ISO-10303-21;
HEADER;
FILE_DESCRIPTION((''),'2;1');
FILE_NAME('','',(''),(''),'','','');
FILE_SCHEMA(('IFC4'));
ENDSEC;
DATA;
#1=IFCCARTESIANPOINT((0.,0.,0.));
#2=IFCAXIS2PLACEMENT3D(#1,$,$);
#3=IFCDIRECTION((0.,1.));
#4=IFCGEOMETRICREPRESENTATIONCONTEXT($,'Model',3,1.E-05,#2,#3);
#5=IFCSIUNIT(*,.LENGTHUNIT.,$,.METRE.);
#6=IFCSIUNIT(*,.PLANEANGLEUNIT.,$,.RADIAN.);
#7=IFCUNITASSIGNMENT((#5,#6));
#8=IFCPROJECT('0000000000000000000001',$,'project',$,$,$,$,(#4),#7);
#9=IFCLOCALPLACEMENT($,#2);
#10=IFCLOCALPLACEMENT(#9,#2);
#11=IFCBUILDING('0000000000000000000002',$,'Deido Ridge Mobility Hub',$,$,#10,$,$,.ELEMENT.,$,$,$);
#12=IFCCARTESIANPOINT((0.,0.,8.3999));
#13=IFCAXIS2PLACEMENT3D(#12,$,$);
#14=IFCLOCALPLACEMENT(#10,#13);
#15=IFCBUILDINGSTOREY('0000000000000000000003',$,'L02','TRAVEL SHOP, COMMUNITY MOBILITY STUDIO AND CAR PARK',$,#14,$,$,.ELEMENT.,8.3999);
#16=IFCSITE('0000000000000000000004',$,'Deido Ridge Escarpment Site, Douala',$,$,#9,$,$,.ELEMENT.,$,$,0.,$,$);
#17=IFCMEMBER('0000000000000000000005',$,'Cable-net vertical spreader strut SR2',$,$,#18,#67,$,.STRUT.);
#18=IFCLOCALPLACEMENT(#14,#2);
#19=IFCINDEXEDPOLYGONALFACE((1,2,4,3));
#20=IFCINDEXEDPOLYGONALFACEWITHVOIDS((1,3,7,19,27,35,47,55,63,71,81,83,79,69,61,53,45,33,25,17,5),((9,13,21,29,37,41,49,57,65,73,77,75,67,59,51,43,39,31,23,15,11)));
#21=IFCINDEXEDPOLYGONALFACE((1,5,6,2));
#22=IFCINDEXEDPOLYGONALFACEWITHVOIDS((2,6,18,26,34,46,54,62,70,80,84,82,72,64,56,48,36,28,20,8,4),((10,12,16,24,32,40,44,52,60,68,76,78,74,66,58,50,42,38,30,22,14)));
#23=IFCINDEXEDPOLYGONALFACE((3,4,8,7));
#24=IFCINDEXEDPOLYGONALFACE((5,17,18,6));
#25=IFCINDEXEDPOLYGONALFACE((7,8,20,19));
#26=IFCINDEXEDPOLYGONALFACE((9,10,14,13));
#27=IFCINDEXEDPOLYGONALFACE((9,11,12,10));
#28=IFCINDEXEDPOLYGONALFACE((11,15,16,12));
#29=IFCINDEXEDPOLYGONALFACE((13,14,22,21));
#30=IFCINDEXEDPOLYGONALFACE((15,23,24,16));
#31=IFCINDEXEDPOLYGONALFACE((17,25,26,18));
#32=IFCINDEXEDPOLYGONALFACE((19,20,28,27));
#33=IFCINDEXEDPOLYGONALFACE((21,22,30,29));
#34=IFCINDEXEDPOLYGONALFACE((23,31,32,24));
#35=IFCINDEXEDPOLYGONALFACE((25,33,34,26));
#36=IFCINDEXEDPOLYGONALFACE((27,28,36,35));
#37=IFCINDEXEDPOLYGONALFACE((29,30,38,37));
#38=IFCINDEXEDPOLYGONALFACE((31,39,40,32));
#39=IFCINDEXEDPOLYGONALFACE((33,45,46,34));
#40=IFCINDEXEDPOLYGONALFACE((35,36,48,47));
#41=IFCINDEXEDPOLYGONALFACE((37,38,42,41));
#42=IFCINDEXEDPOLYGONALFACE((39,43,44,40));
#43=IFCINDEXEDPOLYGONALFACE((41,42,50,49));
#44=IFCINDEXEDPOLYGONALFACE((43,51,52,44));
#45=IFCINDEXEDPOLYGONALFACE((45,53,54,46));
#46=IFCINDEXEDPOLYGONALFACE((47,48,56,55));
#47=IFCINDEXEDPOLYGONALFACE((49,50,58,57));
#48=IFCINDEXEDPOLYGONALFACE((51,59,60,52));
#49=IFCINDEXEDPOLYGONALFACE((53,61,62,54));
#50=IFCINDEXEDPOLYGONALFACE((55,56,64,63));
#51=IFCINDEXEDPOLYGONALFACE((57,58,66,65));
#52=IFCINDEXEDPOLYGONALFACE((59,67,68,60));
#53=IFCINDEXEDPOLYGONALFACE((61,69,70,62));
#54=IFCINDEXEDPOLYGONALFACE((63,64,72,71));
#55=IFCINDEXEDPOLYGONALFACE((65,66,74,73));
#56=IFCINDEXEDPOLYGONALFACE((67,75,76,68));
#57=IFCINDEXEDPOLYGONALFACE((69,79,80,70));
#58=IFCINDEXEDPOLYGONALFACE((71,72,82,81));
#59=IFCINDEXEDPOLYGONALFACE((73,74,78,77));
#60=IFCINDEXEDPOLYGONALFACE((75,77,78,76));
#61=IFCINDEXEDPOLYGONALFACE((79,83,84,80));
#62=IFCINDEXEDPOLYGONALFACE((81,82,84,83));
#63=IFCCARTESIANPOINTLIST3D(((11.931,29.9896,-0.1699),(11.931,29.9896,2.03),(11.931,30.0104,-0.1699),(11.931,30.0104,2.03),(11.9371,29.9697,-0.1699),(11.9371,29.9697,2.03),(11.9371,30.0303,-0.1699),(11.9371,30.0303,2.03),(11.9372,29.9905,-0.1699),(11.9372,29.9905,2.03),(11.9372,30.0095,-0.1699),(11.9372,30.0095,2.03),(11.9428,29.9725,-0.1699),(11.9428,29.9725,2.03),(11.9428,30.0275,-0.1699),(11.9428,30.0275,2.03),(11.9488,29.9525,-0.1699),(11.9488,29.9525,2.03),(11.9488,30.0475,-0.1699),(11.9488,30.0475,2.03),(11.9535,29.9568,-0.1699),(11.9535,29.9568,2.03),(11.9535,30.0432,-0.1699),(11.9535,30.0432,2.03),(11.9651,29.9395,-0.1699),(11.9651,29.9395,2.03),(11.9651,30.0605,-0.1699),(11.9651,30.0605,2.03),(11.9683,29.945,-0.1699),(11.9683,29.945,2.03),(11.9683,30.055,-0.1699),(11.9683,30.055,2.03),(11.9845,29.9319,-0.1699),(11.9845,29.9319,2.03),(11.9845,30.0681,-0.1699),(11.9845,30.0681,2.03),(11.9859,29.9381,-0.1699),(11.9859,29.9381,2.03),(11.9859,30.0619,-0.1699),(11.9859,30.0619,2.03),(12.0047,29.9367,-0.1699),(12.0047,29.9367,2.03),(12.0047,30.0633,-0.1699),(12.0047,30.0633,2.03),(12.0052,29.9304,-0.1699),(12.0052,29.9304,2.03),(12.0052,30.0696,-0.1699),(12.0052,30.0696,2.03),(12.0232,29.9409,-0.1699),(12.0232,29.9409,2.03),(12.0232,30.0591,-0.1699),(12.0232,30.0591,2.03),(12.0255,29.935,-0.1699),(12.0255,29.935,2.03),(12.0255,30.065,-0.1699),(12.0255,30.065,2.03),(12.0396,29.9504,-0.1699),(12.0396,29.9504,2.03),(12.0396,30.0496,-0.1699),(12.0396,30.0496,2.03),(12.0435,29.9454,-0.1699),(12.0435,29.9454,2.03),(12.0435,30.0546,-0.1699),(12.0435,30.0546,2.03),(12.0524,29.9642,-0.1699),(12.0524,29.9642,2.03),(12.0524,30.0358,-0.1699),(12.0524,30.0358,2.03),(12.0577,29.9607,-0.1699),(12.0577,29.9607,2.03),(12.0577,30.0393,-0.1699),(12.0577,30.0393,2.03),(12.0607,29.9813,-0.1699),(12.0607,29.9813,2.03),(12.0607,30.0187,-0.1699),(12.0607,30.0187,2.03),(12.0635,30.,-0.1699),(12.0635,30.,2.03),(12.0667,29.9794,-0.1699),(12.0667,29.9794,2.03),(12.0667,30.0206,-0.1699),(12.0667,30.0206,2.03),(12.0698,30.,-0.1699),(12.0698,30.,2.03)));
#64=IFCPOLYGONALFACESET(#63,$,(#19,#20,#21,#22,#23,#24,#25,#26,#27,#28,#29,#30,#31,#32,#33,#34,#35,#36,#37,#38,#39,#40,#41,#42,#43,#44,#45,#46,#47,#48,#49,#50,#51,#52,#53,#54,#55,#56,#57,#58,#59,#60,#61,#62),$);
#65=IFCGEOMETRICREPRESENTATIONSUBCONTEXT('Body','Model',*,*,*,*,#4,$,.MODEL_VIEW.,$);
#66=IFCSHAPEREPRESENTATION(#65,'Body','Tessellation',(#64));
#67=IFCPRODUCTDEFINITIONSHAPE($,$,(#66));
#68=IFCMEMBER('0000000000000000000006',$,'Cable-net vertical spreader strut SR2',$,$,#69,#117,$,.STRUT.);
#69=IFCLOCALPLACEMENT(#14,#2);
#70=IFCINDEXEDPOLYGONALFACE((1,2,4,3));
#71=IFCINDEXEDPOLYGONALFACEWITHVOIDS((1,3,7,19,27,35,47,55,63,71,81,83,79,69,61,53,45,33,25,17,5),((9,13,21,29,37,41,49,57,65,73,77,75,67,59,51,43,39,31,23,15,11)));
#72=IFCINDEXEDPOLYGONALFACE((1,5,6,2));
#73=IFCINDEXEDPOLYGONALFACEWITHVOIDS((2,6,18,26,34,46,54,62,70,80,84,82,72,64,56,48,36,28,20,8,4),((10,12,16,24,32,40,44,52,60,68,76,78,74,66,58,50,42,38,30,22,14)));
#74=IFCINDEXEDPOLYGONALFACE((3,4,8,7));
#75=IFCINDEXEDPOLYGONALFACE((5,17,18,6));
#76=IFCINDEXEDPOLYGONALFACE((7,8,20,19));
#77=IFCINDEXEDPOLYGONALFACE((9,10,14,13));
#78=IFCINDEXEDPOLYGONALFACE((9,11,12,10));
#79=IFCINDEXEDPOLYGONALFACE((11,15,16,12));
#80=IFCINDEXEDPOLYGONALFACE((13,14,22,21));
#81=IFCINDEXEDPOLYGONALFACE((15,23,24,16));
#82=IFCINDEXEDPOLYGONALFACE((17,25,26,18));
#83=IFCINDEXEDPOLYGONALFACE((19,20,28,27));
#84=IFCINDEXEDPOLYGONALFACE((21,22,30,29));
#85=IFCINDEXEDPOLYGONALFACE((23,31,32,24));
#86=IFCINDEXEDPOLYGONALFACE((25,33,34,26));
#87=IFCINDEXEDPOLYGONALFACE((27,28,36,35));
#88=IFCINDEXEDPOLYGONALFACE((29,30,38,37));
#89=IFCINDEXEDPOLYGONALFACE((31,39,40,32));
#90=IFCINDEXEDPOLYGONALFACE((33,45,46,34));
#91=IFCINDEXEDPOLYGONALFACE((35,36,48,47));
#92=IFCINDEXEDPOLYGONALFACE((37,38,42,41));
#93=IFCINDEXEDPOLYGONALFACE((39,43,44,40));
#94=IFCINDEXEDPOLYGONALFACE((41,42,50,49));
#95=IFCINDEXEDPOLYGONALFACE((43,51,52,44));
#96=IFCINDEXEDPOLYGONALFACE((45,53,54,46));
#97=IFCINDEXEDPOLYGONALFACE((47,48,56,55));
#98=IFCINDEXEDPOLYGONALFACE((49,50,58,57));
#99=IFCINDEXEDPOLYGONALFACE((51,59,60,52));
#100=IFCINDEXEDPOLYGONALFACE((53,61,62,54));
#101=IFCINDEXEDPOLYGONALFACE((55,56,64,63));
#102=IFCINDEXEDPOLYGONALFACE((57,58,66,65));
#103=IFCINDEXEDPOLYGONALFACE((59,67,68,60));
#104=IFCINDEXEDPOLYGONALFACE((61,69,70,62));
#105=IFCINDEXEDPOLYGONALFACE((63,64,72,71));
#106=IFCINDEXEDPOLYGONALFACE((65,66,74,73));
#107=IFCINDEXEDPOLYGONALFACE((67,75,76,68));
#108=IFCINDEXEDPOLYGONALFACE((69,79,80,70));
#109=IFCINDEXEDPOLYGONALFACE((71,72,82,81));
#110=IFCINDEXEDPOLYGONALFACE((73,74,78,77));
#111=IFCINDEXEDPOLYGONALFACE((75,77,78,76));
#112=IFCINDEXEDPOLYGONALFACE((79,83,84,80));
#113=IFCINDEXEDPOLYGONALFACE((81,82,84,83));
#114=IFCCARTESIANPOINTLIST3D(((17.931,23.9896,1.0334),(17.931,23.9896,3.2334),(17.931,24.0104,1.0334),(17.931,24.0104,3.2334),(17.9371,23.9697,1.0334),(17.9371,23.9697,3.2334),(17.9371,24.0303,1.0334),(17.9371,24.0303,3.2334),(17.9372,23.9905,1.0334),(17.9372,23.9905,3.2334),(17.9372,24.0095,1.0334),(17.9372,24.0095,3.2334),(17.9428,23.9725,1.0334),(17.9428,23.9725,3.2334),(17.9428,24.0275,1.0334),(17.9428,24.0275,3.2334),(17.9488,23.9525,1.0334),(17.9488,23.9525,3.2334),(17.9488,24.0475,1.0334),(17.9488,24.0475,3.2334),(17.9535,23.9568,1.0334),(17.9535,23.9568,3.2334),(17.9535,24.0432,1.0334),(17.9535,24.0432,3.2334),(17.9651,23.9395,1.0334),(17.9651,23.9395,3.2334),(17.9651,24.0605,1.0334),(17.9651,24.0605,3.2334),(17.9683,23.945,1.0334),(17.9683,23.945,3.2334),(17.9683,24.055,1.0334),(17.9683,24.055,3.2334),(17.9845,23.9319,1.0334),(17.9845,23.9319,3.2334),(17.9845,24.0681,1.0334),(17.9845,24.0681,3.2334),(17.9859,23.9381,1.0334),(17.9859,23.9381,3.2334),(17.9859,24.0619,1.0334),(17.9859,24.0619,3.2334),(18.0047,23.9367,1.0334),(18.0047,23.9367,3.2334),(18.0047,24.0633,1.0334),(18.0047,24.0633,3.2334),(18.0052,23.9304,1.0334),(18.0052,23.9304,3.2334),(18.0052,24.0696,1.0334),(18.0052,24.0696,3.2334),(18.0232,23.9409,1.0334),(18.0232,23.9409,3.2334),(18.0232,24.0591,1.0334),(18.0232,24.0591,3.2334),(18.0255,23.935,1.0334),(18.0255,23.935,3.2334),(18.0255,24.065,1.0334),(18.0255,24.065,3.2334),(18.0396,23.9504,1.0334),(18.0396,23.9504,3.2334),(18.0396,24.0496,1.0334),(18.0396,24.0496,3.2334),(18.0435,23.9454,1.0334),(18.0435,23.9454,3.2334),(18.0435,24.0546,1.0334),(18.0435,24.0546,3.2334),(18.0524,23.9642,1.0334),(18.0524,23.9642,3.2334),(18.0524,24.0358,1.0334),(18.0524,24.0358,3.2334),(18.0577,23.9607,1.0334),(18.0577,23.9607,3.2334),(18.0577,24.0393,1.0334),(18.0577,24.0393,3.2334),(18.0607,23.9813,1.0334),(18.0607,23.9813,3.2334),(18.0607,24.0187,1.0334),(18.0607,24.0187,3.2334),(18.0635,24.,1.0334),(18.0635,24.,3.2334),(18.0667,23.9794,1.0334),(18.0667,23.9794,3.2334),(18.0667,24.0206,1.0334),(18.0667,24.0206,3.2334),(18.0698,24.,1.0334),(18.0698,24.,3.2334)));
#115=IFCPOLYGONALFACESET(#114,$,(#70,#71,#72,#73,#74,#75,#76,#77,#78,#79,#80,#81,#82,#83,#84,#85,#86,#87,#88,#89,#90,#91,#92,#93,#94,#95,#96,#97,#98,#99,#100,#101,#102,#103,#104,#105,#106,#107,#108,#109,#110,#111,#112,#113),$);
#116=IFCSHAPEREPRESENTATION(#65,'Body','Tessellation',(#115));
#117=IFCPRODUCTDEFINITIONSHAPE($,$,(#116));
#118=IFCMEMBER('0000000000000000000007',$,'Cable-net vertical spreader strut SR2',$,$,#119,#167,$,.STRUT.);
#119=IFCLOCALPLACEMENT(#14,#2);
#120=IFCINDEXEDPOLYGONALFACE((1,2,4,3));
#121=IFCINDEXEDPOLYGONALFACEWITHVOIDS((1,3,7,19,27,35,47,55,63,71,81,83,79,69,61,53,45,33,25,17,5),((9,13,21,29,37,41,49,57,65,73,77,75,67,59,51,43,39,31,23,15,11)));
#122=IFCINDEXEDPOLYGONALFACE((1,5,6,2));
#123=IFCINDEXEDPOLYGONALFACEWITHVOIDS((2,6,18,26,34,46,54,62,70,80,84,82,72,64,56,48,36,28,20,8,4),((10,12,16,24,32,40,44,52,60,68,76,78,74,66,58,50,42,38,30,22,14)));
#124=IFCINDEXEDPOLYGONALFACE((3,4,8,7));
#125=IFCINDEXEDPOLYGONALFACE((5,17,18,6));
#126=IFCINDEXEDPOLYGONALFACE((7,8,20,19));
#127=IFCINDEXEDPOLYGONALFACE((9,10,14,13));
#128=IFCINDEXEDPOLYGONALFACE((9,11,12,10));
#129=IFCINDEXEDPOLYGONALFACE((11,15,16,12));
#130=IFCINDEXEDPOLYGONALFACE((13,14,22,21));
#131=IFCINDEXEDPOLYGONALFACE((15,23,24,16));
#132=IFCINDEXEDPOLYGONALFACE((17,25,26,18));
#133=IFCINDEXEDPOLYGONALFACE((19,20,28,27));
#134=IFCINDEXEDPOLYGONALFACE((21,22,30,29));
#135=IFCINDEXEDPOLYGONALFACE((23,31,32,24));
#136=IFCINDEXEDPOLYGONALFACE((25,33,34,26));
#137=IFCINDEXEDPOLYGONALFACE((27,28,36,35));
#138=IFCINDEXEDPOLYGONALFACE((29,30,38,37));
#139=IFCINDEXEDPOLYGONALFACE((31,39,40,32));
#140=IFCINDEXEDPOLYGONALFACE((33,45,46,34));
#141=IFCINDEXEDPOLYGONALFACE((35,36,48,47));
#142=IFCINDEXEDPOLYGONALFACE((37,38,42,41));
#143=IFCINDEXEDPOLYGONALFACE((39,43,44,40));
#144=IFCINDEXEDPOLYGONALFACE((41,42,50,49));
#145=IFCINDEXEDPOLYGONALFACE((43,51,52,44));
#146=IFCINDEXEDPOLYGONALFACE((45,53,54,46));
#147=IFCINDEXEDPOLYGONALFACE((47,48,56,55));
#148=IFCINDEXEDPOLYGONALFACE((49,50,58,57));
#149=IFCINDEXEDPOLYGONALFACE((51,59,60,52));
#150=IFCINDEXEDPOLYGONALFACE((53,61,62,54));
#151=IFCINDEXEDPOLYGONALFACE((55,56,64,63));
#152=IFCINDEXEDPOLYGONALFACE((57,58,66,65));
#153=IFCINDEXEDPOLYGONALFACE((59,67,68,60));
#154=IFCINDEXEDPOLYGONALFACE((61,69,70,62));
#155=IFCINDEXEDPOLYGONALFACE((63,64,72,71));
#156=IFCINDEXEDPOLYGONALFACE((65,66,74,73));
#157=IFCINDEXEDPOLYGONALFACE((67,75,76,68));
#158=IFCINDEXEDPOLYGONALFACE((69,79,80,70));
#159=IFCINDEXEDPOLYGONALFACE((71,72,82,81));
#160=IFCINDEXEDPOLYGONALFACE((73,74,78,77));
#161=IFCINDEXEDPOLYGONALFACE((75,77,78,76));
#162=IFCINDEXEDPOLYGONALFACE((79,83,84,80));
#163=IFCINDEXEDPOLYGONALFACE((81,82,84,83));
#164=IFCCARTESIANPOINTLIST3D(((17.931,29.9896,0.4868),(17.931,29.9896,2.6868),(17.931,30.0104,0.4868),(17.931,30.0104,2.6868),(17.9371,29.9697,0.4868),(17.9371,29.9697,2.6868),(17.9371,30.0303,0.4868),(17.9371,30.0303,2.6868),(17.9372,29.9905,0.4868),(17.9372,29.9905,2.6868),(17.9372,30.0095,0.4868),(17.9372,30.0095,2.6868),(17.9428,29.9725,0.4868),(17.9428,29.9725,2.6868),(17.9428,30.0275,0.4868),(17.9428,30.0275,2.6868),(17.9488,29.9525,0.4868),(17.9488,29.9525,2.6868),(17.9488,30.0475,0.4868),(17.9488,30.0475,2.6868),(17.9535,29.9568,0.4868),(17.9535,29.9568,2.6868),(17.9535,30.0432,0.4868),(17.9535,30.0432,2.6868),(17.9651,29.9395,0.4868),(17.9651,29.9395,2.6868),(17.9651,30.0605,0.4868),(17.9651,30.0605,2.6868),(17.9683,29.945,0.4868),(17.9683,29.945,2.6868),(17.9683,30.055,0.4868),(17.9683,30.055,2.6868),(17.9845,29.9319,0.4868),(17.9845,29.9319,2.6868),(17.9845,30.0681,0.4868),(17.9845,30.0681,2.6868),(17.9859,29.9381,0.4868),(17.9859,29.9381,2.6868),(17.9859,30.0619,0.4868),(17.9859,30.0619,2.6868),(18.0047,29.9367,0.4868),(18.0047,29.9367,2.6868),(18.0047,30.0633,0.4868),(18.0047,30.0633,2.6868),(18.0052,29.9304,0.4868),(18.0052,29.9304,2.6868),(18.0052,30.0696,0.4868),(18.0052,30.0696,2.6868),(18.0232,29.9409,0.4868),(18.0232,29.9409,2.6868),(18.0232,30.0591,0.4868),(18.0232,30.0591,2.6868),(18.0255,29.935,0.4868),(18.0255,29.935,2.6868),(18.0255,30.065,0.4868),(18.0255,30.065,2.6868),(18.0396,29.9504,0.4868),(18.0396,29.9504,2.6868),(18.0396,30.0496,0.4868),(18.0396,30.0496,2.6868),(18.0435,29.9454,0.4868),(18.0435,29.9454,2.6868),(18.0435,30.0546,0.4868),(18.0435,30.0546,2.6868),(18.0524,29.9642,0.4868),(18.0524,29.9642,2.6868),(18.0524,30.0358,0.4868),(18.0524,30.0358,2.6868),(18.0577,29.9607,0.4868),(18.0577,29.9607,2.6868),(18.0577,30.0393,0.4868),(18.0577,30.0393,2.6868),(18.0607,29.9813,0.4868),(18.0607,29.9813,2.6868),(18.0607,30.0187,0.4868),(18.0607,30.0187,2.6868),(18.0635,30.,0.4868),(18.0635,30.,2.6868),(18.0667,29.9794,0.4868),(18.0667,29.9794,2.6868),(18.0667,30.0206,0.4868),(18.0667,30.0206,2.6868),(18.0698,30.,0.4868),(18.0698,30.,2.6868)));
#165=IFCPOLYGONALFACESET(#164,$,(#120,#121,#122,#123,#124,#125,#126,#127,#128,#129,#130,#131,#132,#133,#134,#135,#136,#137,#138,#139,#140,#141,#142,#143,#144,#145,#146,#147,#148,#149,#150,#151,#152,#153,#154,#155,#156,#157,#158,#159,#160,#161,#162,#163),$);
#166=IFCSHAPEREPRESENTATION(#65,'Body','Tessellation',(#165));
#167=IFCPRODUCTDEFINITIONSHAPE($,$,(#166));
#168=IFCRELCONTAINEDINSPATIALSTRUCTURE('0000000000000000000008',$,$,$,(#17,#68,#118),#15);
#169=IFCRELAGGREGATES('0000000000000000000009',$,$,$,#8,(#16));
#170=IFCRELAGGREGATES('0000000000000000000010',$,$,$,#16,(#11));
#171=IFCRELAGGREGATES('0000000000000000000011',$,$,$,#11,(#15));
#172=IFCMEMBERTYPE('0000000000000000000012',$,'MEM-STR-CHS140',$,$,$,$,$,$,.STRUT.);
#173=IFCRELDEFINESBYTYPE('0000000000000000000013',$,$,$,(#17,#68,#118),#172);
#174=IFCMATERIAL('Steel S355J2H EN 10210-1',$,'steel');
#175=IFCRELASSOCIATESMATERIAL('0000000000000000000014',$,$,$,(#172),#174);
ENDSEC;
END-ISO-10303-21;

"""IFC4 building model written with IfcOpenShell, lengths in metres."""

from ifc_helpers import new_model, si_unit, direction, frame, origin, origin_2d, place, context, subcontext, project, spatial, hollow_circle, extrude, material, material_profile, profile_set, type_object, element, save


model = new_model("IFC4")

# Units and contexts
model_context = context("Model", 3, precision=1e-05, world=origin(), true_north=direction((0.0, 1.0)))
body_context = subcontext(model_context, "Body", "Model", "MODEL_VIEW")
ifc_project = project(units=[si_unit("LENGTHUNIT", "METRE"), si_unit("PLANEANGLEUNIT", "RADIAN")], contexts=[model_context])

# Site, building, storey
site_placement = place(None, origin())
site = spatial("IfcSite", under=ifc_project, at=site_placement, Name="Deido Ridge Escarpment Site, Douala", CompositionType="ELEMENT", RefElevation=0.0)
building_placement = place(site_placement, origin())
building = spatial("IfcBuilding", under=site, at=building_placement, Name="Deido Ridge Mobility Hub", CompositionType="ELEMENT")
storey_placement = place(building_placement, frame((0.0, 0.0, 8.3999)))
storey = spatial("IfcBuildingStorey", under=building, at=storey_placement, Name="L02", Description="TRAVEL SHOP, COMMUNITY MOBILITY STUDIO AND CAR PARK", CompositionType="ELEMENT", Elevation=8.3999)

# Members
ifc_material_1 = material(Name="Steel S355J2H EN 10210-1", Category="steel")
ifc_material_profile_1 = material_profile(ifc_material_1, hollow_circle(Radius=0.0698, WallThickness=0.0063, at=origin_2d()), Name="CHS 139.7x6.3")
ifc_profile_set_1 = profile_set([ifc_material_profile_1], Name="Steel S355J2H EN 10210-1")
member_type_1 = type_object("IfcMemberType", Name="MEM-STR-CHS140", PredefinedType="STRUT", material=ifc_profile_set_1)
for number, where, z_axis, x_axis, name in (
    (1, (12.0, 30.0, -0.1699), (0.0, 0.0, 1.0), (1.0, 0.0, 0.0), "Cable-net vertical spreader strut SR2"),
    (2, (18.0, 24.0, 1.0334), (0.0, 0.0, 1.0), (1.0, 0.0, 0.0), "Cable-net vertical spreader strut SR2"),
    (3, (18.0, 30.0, 0.4868), (0.0, 0.0, 1.0), (1.0, 0.0, 0.0), "Cable-net vertical spreader strut SR2"),
):
    element("IfcMember", number, at=place(storey_placement, frame(where, z_axis=z_axis, x_axis=x_axis)), inside=storey, type_object=member_type_1, Name=name, PredefinedType="STRUT", context=body_context, shape_type="SweptSolid", body=[
        extrude(hollow_circle(Radius=0.0698, WallThickness=0.0063, at=origin_2d()), origin(), (0.0, 0.0, 1.0), 2.2),
    ])

save(model, "model.ifc")
